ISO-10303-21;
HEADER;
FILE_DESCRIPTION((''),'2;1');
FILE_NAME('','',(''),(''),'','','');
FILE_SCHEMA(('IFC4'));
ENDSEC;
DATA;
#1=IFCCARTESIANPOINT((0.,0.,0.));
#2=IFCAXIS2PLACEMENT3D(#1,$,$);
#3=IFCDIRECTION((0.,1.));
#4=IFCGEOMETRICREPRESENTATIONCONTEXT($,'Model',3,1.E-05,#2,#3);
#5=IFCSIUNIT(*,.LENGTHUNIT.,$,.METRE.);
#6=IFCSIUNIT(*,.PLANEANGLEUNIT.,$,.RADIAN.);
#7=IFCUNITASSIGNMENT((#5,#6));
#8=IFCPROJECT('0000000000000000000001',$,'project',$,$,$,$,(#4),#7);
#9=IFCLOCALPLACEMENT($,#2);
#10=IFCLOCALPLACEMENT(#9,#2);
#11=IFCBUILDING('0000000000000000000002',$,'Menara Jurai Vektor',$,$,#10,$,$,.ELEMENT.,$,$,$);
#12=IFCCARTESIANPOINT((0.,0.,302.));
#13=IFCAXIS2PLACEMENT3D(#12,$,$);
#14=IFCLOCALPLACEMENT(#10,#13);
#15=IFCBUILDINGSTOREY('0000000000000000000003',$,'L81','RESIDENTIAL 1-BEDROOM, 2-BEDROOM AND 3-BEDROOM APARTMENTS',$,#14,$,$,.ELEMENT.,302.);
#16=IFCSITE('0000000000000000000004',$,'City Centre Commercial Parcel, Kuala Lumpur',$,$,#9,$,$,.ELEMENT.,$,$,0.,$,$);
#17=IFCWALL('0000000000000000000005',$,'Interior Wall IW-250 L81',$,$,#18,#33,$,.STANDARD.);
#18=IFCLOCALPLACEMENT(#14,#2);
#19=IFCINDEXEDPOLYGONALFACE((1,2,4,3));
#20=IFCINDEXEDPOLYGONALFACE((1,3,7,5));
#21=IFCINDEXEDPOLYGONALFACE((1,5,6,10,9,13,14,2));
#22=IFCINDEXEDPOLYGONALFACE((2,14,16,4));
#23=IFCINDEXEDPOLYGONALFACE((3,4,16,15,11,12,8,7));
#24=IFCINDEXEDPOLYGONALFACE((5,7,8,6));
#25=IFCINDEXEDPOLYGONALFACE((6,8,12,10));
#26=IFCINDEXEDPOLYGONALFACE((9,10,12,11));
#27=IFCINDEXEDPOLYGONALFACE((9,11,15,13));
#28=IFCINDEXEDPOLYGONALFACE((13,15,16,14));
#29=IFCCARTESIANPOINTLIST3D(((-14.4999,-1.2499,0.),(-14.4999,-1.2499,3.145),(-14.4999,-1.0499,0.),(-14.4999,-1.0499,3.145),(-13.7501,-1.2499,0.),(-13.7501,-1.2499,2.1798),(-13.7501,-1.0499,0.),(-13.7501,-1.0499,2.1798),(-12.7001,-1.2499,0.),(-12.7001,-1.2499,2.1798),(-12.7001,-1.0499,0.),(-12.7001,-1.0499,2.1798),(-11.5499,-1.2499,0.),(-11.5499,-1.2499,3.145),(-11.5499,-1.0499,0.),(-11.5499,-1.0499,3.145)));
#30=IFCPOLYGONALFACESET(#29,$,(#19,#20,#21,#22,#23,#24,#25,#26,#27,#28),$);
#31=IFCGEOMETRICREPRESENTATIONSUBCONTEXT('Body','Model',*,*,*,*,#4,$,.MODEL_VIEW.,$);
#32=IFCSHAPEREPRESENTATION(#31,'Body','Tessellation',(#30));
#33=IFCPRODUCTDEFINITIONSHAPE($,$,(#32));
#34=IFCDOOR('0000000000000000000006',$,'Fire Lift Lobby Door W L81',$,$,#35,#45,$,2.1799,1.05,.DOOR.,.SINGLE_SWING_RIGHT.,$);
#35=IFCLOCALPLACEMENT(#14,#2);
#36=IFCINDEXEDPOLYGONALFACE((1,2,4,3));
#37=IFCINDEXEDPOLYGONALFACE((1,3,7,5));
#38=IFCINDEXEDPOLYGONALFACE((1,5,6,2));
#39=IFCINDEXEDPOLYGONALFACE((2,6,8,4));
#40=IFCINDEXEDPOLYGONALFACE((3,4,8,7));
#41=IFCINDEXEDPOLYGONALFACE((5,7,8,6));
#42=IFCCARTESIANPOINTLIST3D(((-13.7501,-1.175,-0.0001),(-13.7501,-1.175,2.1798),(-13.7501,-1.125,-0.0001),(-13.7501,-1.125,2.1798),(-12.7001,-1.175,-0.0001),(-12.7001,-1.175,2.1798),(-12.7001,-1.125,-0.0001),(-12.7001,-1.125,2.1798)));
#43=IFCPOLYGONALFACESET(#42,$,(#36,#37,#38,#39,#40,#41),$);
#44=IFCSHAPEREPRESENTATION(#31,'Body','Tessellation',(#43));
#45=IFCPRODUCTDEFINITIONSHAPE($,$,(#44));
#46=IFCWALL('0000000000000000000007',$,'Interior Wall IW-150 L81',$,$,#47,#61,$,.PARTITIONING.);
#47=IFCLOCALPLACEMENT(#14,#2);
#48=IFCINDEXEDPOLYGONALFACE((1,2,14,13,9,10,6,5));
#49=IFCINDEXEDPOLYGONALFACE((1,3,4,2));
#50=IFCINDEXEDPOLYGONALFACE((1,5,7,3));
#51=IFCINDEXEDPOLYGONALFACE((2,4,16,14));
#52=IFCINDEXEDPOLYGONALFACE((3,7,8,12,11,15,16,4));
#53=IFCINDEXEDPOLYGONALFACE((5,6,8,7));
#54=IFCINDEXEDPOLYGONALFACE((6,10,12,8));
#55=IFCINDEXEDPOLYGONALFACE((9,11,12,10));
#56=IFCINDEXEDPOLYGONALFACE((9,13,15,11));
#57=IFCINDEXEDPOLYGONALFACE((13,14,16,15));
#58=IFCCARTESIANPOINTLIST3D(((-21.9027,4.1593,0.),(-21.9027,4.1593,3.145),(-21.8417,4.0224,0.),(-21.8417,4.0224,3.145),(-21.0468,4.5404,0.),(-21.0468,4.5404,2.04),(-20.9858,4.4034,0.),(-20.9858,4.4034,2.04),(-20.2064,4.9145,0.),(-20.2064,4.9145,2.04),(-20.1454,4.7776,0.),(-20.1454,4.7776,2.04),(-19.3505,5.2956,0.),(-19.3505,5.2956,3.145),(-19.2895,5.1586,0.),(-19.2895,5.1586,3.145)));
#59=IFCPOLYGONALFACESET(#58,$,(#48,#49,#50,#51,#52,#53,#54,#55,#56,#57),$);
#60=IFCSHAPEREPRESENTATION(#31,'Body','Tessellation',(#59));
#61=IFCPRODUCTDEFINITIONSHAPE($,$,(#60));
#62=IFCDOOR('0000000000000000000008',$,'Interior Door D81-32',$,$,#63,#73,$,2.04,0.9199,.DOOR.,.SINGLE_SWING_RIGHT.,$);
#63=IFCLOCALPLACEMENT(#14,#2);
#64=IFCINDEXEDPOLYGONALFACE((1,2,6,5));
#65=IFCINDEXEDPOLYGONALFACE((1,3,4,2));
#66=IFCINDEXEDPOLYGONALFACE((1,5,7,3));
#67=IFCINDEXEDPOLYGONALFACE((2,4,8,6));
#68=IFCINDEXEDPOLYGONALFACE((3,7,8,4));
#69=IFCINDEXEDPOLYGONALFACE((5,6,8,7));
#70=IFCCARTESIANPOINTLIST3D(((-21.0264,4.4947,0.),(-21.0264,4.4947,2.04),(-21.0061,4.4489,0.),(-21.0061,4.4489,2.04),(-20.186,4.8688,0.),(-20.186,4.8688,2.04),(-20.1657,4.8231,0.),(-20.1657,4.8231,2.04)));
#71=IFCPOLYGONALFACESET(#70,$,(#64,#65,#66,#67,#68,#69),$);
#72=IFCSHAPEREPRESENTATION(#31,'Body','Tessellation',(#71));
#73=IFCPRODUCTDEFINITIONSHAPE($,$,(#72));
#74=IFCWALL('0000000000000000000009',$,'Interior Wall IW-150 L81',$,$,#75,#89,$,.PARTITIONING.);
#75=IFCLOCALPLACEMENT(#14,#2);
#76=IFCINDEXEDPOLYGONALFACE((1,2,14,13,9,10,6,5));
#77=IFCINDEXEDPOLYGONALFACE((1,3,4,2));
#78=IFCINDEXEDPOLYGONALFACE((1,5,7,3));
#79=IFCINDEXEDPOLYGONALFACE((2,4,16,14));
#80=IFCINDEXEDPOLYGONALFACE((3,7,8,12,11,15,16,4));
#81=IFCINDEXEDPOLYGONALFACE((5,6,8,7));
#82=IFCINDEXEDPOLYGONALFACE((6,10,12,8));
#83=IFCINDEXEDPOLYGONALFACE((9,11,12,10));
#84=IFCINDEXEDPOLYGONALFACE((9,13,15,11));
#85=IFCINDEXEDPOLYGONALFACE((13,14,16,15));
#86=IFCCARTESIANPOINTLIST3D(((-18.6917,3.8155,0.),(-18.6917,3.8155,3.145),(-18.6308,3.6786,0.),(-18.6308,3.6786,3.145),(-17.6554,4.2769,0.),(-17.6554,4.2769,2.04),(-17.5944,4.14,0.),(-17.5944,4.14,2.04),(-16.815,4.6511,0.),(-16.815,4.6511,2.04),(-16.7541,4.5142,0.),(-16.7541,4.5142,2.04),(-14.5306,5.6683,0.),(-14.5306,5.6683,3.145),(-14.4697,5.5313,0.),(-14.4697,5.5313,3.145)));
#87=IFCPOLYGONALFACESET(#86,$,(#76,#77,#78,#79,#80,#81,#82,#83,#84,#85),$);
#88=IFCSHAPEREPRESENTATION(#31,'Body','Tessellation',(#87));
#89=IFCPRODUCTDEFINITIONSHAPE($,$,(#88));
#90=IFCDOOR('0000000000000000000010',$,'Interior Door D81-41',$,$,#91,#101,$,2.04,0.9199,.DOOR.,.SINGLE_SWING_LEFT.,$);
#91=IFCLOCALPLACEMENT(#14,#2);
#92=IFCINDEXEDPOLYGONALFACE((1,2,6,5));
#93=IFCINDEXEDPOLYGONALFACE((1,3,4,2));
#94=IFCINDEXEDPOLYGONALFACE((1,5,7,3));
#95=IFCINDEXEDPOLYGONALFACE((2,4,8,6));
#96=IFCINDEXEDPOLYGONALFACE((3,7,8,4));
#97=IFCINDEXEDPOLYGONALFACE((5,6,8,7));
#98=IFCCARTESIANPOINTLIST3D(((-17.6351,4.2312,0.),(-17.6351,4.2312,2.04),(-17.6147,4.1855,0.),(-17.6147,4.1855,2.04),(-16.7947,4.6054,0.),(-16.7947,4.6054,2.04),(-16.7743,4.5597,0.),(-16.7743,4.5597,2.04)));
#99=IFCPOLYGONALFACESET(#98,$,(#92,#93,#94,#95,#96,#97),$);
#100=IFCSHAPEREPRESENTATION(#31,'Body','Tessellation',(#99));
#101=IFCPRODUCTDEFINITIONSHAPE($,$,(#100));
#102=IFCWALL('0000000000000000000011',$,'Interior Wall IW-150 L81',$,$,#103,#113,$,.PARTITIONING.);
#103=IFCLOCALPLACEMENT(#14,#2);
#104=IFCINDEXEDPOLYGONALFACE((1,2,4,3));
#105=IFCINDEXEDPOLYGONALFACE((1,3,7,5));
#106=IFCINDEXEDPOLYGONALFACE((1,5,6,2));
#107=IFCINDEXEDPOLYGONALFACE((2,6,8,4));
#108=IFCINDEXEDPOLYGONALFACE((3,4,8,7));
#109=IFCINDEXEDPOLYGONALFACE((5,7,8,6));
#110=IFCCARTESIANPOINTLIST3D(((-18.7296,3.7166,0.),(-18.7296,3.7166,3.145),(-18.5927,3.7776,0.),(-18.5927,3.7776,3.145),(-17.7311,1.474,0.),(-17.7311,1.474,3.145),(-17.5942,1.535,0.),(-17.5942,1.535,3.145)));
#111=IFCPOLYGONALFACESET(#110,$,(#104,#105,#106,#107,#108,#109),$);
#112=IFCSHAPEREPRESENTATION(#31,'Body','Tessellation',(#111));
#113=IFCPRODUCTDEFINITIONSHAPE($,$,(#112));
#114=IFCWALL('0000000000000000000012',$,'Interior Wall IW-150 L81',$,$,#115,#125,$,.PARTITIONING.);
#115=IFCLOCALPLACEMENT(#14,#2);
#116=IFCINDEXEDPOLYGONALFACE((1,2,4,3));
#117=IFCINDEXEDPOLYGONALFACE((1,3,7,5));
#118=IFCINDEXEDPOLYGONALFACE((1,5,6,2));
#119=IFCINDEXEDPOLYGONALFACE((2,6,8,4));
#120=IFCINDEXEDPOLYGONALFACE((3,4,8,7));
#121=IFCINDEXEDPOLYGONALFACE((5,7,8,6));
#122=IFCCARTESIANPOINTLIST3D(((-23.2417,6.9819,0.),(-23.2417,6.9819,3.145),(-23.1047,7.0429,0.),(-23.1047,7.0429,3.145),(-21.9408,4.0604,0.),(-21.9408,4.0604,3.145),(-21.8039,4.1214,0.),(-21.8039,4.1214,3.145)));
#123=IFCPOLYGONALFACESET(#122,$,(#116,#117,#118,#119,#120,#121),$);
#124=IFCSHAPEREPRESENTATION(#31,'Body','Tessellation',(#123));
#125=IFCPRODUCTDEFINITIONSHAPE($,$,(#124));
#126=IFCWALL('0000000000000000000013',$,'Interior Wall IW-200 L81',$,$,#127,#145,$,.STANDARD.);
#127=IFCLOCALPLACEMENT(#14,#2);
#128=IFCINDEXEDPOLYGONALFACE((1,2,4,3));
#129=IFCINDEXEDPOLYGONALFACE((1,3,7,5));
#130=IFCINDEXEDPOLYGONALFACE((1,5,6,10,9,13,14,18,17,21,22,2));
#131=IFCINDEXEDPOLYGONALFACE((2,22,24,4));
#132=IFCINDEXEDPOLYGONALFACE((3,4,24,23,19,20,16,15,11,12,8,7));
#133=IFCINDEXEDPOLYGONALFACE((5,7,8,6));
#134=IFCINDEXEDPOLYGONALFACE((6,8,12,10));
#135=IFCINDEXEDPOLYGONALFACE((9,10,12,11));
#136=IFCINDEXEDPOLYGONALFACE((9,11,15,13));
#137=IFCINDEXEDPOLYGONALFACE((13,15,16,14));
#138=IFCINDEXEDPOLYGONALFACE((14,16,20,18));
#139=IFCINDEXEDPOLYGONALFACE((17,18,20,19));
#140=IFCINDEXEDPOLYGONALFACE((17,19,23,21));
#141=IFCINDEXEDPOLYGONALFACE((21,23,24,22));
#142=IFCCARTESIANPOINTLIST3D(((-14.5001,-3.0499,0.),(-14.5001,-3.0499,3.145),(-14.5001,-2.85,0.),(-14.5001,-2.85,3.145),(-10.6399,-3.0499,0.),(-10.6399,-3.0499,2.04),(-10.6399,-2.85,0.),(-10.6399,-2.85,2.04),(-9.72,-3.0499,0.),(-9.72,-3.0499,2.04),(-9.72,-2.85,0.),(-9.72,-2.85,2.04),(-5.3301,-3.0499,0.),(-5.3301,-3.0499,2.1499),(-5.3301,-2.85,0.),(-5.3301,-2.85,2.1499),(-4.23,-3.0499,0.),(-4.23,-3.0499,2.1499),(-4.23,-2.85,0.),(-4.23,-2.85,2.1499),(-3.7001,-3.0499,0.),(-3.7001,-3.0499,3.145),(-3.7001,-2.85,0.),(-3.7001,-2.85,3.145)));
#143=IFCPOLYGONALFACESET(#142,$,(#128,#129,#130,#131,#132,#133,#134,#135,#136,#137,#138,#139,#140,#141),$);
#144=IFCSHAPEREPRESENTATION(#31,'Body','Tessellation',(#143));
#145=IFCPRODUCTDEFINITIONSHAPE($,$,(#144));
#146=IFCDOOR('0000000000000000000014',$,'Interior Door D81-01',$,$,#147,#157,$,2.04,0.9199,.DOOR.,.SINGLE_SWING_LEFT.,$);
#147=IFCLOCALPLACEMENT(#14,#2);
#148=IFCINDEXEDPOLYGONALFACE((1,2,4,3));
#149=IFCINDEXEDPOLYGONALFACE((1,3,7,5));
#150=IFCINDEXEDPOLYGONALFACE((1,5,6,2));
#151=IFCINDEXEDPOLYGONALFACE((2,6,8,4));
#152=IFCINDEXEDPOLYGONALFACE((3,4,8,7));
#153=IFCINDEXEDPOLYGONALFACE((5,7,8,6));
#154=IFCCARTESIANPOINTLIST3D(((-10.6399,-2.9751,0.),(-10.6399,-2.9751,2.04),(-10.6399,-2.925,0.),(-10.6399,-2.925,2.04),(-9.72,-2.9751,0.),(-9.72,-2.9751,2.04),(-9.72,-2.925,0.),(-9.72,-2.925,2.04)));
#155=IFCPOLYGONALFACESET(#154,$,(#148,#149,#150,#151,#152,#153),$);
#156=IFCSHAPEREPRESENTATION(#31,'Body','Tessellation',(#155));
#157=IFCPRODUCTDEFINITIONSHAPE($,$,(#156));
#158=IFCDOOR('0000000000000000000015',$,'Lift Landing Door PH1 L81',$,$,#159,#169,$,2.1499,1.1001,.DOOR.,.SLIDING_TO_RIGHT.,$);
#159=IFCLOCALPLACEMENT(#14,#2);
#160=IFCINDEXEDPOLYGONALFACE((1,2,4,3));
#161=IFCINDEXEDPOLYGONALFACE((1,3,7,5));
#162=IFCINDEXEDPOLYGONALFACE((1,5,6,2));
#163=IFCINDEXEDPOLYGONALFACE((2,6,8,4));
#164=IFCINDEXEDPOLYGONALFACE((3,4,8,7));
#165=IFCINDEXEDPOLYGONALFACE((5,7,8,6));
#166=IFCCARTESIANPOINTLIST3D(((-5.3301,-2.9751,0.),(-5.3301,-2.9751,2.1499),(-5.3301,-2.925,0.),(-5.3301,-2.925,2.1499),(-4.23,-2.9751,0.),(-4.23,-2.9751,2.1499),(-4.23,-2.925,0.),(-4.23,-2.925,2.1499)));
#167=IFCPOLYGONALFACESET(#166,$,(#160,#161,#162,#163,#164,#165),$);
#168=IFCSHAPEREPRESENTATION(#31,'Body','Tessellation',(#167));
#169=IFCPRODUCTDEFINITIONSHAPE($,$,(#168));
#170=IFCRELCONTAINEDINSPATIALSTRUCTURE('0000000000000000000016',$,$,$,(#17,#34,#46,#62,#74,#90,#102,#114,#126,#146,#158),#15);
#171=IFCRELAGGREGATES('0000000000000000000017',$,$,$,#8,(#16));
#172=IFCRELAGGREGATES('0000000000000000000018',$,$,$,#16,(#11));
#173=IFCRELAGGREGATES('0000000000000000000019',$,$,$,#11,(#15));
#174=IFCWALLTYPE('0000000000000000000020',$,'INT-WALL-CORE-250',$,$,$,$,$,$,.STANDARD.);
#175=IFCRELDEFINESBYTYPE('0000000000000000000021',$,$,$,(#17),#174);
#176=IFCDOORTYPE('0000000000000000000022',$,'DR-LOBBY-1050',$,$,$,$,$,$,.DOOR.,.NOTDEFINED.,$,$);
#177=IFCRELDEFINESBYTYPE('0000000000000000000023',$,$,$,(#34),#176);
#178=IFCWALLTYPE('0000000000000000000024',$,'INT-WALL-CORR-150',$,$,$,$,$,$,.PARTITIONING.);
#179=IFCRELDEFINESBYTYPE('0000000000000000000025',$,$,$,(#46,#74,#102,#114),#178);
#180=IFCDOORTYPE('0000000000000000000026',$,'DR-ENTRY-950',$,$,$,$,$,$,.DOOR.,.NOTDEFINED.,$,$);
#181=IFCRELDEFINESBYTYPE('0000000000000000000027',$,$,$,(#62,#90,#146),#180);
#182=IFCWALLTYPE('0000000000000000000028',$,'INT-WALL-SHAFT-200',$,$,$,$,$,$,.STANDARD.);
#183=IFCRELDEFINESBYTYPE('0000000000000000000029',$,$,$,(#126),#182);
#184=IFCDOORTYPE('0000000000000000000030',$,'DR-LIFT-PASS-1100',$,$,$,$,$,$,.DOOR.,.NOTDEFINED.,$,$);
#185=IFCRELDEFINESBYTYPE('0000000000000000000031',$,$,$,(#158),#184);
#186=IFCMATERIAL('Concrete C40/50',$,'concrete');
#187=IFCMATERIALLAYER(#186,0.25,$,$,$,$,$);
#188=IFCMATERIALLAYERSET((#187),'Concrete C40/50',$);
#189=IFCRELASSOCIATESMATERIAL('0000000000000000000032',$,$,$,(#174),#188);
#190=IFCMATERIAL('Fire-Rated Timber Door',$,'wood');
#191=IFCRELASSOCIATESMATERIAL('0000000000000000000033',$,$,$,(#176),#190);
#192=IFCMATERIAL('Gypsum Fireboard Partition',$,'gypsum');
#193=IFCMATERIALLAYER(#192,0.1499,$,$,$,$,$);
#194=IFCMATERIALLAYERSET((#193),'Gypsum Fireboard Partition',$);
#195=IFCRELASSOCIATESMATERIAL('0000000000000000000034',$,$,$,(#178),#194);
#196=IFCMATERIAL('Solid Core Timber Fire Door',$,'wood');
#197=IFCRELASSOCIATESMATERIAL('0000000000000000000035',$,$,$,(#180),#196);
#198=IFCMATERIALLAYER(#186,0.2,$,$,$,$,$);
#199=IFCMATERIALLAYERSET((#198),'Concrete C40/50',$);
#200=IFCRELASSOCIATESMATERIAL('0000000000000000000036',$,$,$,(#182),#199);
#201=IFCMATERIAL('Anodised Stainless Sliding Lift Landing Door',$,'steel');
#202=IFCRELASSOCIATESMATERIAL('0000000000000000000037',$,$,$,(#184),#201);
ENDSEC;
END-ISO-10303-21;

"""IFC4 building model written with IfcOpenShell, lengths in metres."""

from ifc_helpers import new_model, si_unit, direction, frame, frame_2d, origin, place, context, subcontext, project, spatial, rectangle, extrude, material, layer, layer_set, type_object, element, fill, save


model = new_model("IFC4")

# Units and contexts
model_context = context("Model", 3, precision=1e-05, world=origin(), true_north=direction((0.0, 1.0)))
body_context = subcontext(model_context, "Body", "Model", "MODEL_VIEW")
ifc_project = project(units=[si_unit("LENGTHUNIT", "METRE"), si_unit("PLANEANGLEUNIT", "RADIAN")], contexts=[model_context])

# Site, building, storey
site_placement = place(None, origin())
site = spatial("IfcSite", under=ifc_project, at=site_placement, Name="City Centre Commercial Parcel, Kuala Lumpur", CompositionType="ELEMENT", RefElevation=0.0)
building_placement = place(site_placement, origin())
building = spatial("IfcBuilding", under=site, at=building_placement, Name="Menara Jurai Vektor", CompositionType="ELEMENT")
storey_placement = place(building_placement, frame((0.0, 0.0, 302.0)))
storey = spatial("IfcBuildingStorey", under=building, at=storey_placement, Name="L81", Description="RESIDENTIAL 1-BEDROOM, 2-BEDROOM AND 3-BEDROOM APARTMENTS", CompositionType="ELEMENT", Elevation=302.0)

# Walls, openings, doors
ifc_material_1 = material(Name="Concrete C40/50", Category="concrete")
ifc_layer_1 = layer(ifc_material_1, 0.25)
ifc_layer_set_1 = layer_set([ifc_layer_1], Name="Concrete C40/50")
wall_type_1 = type_object("IfcWallType", Name="INT-WALL-CORE-250", PredefinedType="STANDARD", material=ifc_layer_set_1)
wall_1_placement = place(storey_placement, frame((-14.5, -1.1499, 0.0), z_axis=(0.0, 0.0, 1.0), x_axis=(1.0, 0.0, 0.0)))
wall_1 = element("IfcWall", 1, at=wall_1_placement, inside=storey, type_object=wall_type_1, Name="Interior Wall IW-250 L81", PredefinedType="STANDARD", context=body_context, shape_type="SweptSolid", body=[
    extrude(rectangle(XDim=2.95, YDim=0.2, at=frame_2d((1.4751, 0.0))), origin(), (0.0, 0.0, 1.0), 3.145),
])
opening_1_placement = place(wall_1_placement, frame((0.75, 0.0, 0.0)))
opening_1 = element("IfcOpeningElement", 2, at=opening_1_placement, cuts=wall_1, PredefinedType="OPENING", context=body_context, shape_type="SweptSolid", body=[
    extrude(rectangle(XDim=1.05, YDim=2.1799, at=frame_2d((0.5249, 1.0898))), frame((0.0, 0.1099, 0.0), z_axis=(0.0, -1.0, 0.0), x_axis=(1.0, 0.0, 0.0)), (0.0, 0.0, 1.0), 0.22),
])
ifc_material_2 = material(Name="Fire-Rated Timber Door", Category="wood")
door_type_1 = type_object("IfcDoorType", Name="DR-LOBBY-1050", OperationType="NOTDEFINED", PredefinedType="DOOR", material=ifc_material_2)
door_1_placement = place(opening_1_placement, origin())
door_1 = element("IfcDoor", 3, at=door_1_placement, inside=storey, type_object=door_type_1, Name="Fire Lift Lobby Door W L81", OperationType="SINGLE_SWING_RIGHT", OverallHeight=2.1799, OverallWidth=1.05, PredefinedType="DOOR", context=body_context, shape_type="SweptSolid", body=[
    extrude(rectangle(XDim=1.05, YDim=2.1799, at=frame_2d((0.5249, 1.0898))), frame((0.0, 0.0249, 0.0), z_axis=(0.0, -1.0, 0.0), x_axis=(1.0, 0.0, 0.0)), (0.0, 0.0, 1.0), 0.05),
])
fill(opening_1, door_1)
ifc_material_3 = material(Name="Gypsum Fireboard Partition", Category="gypsum")
ifc_layer_2 = layer(ifc_material_3, 0.1499)
ifc_layer_set_2 = layer_set([ifc_layer_2], Name="Gypsum Fireboard Partition")
wall_type_2 = type_object("IfcWallType", Name="INT-WALL-CORR-150", PredefinedType="PARTITIONING", material=ifc_layer_set_2)
wall_2_placement = place(storey_placement, frame((-21.8723, 4.0908, 0.0), z_axis=(0.0, 0.0, 1.0), x_axis=(0.913559, 0.406706, 0.0)))
wall_2 = element("IfcWall", 4, at=wall_2_placement, inside=storey, type_object=wall_type_2, Name="Interior Wall IW-150 L81", PredefinedType="PARTITIONING", context=body_context, shape_type="SweptSolid", body=[
    extrude(rectangle(XDim=2.7937, YDim=0.1499, at=frame_2d((1.397, 0.0))), origin(), (0.0, 0.0, 1.0), 3.145),
])
opening_2_placement = place(wall_2_placement, frame((0.937, 0.0, 0.0)))
opening_2 = element("IfcOpeningElement", 5, at=opening_2_placement, cuts=wall_2, PredefinedType="OPENING", context=body_context, shape_type="SweptSolid", body=[
    extrude(rectangle(XDim=0.9199, YDim=2.04, at=frame_2d((0.46, 1.02))), frame((0.0, 0.085, 0.0), z_axis=(0.0, -1.0, 0.0), x_axis=(1.0, 0.0, 0.0)), (0.0, 0.0, 1.0), 0.1699),
])
ifc_material_4 = material(Name="Solid Core Timber Fire Door", Category="wood")
door_type_2 = type_object("IfcDoorType", Name="DR-ENTRY-950", OperationType="NOTDEFINED", PredefinedType="DOOR", material=ifc_material_4)
door_2_placement = place(opening_2_placement, origin())
door_2 = element("IfcDoor", 6, at=door_2_placement, inside=storey, type_object=door_type_2, Name="Interior Door D81-32", OperationType="SINGLE_SWING_RIGHT", OverallHeight=2.04, OverallWidth=0.9199, PredefinedType="DOOR", context=body_context, shape_type="SweptSolid", body=[
    extrude(rectangle(XDim=0.9199, YDim=2.04, at=frame_2d((0.46, 1.02))), frame((0.0, 0.0249, 0.0), z_axis=(0.0, -1.0, 0.0), x_axis=(1.0, 0.0, 0.0)), (0.0, 0.0, 1.0), 0.05),
])
fill(opening_2, door_2)
wall_3_placement = place(storey_placement, frame((-18.6611, 3.7471, 0.0), z_axis=(0.0, 0.0, 1.0), x_axis=(0.913535, 0.40676, 0.0)))
wall_3 = element("IfcWall", 7, at=wall_3_placement, inside=storey, type_object=wall_type_2, Name="Interior Wall IW-150 L81", PredefinedType="PARTITIONING", context=body_context, shape_type="SweptSolid", body=[
    extrude(rectangle(XDim=4.5549, YDim=0.1499, at=frame_2d((2.2773, 0.0))), origin(), (0.0, 0.0, 1.0), 3.145),
])
opening_3_placement = place(wall_3_placement, frame((1.1343, 0.0, 0.0)))
opening_3 = element("IfcOpeningElement", 8, at=opening_3_placement, cuts=wall_3, PredefinedType="OPENING", context=body_context, shape_type="SweptSolid", body=[
    extrude(rectangle(XDim=0.9199, YDim=2.04, at=frame_2d((0.46, 1.02))), frame((0.0, 0.085, 0.0), z_axis=(0.0, -1.0, 0.0), x_axis=(1.0, 0.0, 0.0)), (0.0, 0.0, 1.0), 0.1699),
])
door_3_placement = place(opening_3_placement, origin())
door_3 = element("IfcDoor", 9, at=door_3_placement, inside=storey, type_object=door_type_2, Name="Interior Door D81-41", OperationType="SINGLE_SWING_LEFT", OverallHeight=2.04, OverallWidth=0.9199, PredefinedType="DOOR", context=body_context, shape_type="SweptSolid", body=[
    extrude(rectangle(XDim=0.9199, YDim=2.04, at=frame_2d((0.46, 1.02))), frame((0.0, 0.0249, 0.0), z_axis=(0.0, -1.0, 0.0), x_axis=(1.0, 0.0, 0.0)), (0.0, 0.0, 1.0), 0.05),
])
fill(opening_3, door_3)

# Walls
wall_4_placement = place(storey_placement, frame((-17.6626, 1.5044, 0.0), z_axis=(0.0, 0.0, 1.0), x_axis=(-0.406747, 0.913541, 0.0)))
element("IfcWall", 10, at=wall_4_placement, inside=storey, type_object=wall_type_2, Name="Interior Wall IW-150 L81", PredefinedType="PARTITIONING", context=body_context, shape_type="SweptSolid", body=[
    extrude(rectangle(XDim=2.4548, YDim=0.1499, at=frame_2d((1.2275, 0.0))), origin(), (0.0, 0.0, 1.0), 3.145),
])
wall_5_placement = place(storey_placement, frame((-21.8723, 4.0908, 0.0), z_axis=(0.0, 0.0, 1.0), x_axis=(-0.406762, 0.913534, 0.0)))
element("IfcWall", 11, at=wall_5_placement, inside=storey, type_object=wall_type_2, Name="Interior Wall IW-150 L81", PredefinedType="PARTITIONING", context=body_context, shape_type="SweptSolid", body=[
    extrude(rectangle(XDim=3.198, YDim=0.1499, at=frame_2d((1.5991, 0.0))), origin(), (0.0, 0.0, 1.0), 3.145),
])

# Wall, openings, doors
ifc_layer_3 = layer(ifc_material_1, 0.2)
ifc_layer_set_3 = layer_set([ifc_layer_3], Name="Concrete C40/50")
wall_type_3 = type_object("IfcWallType", Name="INT-WALL-SHAFT-200", PredefinedType="STANDARD", material=ifc_layer_set_3)
wall_6_placement = place(storey_placement, frame((-14.5, -2.95, 0.0), z_axis=(0.0, 0.0, 1.0), x_axis=(1.0, 0.0, 0.0)))
wall_6 = element("IfcWall", 12, at=wall_6_placement, inside=storey, type_object=wall_type_3, Name="Interior Wall IW-200 L81", PredefinedType="STANDARD", context=body_context, shape_type="SweptSolid", body=[
    extrude(rectangle(XDim=10.8, YDim=0.2, at=frame_2d((5.3999, 0.0))), origin(), (0.0, 0.0, 1.0), 3.145),
])
opening_4_placement = place(wall_6_placement, frame((9.1699, 0.0, 0.0)))
opening_4 = element("IfcOpeningElement", 13, at=opening_4_placement, cuts=wall_6, PredefinedType="OPENING", context=body_context, shape_type="SweptSolid", body=[
    extrude(rectangle(XDim=1.1001, YDim=2.1499, at=frame_2d((0.55, 1.075))), frame((0.0, 0.1099, 0.0), z_axis=(0.0, -1.0, 0.0), x_axis=(1.0, 0.0, 0.0)), (0.0, 0.0, 1.0), 0.22),
])
opening_5_placement = place(wall_6_placement, frame((3.8601, 0.0, 0.0)))
opening_5 = element("IfcOpeningElement", 14, at=opening_5_placement, cuts=wall_6, PredefinedType="OPENING", context=body_context, shape_type="SweptSolid", body=[
    extrude(rectangle(XDim=0.9199, YDim=2.04, at=frame_2d((0.46, 1.02))), frame((0.0, 0.1099, 0.0), z_axis=(0.0, -1.0, 0.0), x_axis=(1.0, 0.0, 0.0)), (0.0, 0.0, 1.0), 0.22),
])
door_4_placement = place(opening_5_placement, origin())
door_4 = element("IfcDoor", 15, at=door_4_placement, inside=storey, type_object=door_type_2, Name="Interior Door D81-01", OperationType="SINGLE_SWING_LEFT", OverallHeight=2.04, OverallWidth=0.9199, PredefinedType="DOOR", context=body_context, shape_type="SweptSolid", body=[
    extrude(rectangle(XDim=0.9199, YDim=2.04, at=frame_2d((0.46, 1.02))), frame((0.0, 0.0249, 0.0), z_axis=(0.0, -1.0, 0.0), x_axis=(1.0, 0.0, 0.0)), (0.0, 0.0, 1.0), 0.05),
])
fill(opening_5, door_4)
ifc_material_5 = material(Name="Anodised Stainless Sliding Lift Landing Door", Category="steel")
door_type_3 = type_object("IfcDoorType", Name="DR-LIFT-PASS-1100", OperationType="NOTDEFINED", PredefinedType="DOOR", material=ifc_material_5)
door_5_placement = place(opening_4_placement, origin())
door_5 = element("IfcDoor", 16, at=door_5_placement, inside=storey, type_object=door_type_3, Name="Lift Landing Door PH1 L81", OperationType="SLIDING_TO_RIGHT", OverallHeight=2.1499, OverallWidth=1.1001, PredefinedType="DOOR", context=body_context, shape_type="SweptSolid", body=[
    extrude(rectangle(XDim=1.1001, YDim=2.1499, at=frame_2d((0.55, 1.075))), frame((0.0, 0.0249, 0.0), z_axis=(0.0, -1.0, 0.0), x_axis=(1.0, 0.0, 0.0)), (0.0, 0.0, 1.0), 0.05),
])
fill(opening_4, door_5)

save(model, "model.ifc")
